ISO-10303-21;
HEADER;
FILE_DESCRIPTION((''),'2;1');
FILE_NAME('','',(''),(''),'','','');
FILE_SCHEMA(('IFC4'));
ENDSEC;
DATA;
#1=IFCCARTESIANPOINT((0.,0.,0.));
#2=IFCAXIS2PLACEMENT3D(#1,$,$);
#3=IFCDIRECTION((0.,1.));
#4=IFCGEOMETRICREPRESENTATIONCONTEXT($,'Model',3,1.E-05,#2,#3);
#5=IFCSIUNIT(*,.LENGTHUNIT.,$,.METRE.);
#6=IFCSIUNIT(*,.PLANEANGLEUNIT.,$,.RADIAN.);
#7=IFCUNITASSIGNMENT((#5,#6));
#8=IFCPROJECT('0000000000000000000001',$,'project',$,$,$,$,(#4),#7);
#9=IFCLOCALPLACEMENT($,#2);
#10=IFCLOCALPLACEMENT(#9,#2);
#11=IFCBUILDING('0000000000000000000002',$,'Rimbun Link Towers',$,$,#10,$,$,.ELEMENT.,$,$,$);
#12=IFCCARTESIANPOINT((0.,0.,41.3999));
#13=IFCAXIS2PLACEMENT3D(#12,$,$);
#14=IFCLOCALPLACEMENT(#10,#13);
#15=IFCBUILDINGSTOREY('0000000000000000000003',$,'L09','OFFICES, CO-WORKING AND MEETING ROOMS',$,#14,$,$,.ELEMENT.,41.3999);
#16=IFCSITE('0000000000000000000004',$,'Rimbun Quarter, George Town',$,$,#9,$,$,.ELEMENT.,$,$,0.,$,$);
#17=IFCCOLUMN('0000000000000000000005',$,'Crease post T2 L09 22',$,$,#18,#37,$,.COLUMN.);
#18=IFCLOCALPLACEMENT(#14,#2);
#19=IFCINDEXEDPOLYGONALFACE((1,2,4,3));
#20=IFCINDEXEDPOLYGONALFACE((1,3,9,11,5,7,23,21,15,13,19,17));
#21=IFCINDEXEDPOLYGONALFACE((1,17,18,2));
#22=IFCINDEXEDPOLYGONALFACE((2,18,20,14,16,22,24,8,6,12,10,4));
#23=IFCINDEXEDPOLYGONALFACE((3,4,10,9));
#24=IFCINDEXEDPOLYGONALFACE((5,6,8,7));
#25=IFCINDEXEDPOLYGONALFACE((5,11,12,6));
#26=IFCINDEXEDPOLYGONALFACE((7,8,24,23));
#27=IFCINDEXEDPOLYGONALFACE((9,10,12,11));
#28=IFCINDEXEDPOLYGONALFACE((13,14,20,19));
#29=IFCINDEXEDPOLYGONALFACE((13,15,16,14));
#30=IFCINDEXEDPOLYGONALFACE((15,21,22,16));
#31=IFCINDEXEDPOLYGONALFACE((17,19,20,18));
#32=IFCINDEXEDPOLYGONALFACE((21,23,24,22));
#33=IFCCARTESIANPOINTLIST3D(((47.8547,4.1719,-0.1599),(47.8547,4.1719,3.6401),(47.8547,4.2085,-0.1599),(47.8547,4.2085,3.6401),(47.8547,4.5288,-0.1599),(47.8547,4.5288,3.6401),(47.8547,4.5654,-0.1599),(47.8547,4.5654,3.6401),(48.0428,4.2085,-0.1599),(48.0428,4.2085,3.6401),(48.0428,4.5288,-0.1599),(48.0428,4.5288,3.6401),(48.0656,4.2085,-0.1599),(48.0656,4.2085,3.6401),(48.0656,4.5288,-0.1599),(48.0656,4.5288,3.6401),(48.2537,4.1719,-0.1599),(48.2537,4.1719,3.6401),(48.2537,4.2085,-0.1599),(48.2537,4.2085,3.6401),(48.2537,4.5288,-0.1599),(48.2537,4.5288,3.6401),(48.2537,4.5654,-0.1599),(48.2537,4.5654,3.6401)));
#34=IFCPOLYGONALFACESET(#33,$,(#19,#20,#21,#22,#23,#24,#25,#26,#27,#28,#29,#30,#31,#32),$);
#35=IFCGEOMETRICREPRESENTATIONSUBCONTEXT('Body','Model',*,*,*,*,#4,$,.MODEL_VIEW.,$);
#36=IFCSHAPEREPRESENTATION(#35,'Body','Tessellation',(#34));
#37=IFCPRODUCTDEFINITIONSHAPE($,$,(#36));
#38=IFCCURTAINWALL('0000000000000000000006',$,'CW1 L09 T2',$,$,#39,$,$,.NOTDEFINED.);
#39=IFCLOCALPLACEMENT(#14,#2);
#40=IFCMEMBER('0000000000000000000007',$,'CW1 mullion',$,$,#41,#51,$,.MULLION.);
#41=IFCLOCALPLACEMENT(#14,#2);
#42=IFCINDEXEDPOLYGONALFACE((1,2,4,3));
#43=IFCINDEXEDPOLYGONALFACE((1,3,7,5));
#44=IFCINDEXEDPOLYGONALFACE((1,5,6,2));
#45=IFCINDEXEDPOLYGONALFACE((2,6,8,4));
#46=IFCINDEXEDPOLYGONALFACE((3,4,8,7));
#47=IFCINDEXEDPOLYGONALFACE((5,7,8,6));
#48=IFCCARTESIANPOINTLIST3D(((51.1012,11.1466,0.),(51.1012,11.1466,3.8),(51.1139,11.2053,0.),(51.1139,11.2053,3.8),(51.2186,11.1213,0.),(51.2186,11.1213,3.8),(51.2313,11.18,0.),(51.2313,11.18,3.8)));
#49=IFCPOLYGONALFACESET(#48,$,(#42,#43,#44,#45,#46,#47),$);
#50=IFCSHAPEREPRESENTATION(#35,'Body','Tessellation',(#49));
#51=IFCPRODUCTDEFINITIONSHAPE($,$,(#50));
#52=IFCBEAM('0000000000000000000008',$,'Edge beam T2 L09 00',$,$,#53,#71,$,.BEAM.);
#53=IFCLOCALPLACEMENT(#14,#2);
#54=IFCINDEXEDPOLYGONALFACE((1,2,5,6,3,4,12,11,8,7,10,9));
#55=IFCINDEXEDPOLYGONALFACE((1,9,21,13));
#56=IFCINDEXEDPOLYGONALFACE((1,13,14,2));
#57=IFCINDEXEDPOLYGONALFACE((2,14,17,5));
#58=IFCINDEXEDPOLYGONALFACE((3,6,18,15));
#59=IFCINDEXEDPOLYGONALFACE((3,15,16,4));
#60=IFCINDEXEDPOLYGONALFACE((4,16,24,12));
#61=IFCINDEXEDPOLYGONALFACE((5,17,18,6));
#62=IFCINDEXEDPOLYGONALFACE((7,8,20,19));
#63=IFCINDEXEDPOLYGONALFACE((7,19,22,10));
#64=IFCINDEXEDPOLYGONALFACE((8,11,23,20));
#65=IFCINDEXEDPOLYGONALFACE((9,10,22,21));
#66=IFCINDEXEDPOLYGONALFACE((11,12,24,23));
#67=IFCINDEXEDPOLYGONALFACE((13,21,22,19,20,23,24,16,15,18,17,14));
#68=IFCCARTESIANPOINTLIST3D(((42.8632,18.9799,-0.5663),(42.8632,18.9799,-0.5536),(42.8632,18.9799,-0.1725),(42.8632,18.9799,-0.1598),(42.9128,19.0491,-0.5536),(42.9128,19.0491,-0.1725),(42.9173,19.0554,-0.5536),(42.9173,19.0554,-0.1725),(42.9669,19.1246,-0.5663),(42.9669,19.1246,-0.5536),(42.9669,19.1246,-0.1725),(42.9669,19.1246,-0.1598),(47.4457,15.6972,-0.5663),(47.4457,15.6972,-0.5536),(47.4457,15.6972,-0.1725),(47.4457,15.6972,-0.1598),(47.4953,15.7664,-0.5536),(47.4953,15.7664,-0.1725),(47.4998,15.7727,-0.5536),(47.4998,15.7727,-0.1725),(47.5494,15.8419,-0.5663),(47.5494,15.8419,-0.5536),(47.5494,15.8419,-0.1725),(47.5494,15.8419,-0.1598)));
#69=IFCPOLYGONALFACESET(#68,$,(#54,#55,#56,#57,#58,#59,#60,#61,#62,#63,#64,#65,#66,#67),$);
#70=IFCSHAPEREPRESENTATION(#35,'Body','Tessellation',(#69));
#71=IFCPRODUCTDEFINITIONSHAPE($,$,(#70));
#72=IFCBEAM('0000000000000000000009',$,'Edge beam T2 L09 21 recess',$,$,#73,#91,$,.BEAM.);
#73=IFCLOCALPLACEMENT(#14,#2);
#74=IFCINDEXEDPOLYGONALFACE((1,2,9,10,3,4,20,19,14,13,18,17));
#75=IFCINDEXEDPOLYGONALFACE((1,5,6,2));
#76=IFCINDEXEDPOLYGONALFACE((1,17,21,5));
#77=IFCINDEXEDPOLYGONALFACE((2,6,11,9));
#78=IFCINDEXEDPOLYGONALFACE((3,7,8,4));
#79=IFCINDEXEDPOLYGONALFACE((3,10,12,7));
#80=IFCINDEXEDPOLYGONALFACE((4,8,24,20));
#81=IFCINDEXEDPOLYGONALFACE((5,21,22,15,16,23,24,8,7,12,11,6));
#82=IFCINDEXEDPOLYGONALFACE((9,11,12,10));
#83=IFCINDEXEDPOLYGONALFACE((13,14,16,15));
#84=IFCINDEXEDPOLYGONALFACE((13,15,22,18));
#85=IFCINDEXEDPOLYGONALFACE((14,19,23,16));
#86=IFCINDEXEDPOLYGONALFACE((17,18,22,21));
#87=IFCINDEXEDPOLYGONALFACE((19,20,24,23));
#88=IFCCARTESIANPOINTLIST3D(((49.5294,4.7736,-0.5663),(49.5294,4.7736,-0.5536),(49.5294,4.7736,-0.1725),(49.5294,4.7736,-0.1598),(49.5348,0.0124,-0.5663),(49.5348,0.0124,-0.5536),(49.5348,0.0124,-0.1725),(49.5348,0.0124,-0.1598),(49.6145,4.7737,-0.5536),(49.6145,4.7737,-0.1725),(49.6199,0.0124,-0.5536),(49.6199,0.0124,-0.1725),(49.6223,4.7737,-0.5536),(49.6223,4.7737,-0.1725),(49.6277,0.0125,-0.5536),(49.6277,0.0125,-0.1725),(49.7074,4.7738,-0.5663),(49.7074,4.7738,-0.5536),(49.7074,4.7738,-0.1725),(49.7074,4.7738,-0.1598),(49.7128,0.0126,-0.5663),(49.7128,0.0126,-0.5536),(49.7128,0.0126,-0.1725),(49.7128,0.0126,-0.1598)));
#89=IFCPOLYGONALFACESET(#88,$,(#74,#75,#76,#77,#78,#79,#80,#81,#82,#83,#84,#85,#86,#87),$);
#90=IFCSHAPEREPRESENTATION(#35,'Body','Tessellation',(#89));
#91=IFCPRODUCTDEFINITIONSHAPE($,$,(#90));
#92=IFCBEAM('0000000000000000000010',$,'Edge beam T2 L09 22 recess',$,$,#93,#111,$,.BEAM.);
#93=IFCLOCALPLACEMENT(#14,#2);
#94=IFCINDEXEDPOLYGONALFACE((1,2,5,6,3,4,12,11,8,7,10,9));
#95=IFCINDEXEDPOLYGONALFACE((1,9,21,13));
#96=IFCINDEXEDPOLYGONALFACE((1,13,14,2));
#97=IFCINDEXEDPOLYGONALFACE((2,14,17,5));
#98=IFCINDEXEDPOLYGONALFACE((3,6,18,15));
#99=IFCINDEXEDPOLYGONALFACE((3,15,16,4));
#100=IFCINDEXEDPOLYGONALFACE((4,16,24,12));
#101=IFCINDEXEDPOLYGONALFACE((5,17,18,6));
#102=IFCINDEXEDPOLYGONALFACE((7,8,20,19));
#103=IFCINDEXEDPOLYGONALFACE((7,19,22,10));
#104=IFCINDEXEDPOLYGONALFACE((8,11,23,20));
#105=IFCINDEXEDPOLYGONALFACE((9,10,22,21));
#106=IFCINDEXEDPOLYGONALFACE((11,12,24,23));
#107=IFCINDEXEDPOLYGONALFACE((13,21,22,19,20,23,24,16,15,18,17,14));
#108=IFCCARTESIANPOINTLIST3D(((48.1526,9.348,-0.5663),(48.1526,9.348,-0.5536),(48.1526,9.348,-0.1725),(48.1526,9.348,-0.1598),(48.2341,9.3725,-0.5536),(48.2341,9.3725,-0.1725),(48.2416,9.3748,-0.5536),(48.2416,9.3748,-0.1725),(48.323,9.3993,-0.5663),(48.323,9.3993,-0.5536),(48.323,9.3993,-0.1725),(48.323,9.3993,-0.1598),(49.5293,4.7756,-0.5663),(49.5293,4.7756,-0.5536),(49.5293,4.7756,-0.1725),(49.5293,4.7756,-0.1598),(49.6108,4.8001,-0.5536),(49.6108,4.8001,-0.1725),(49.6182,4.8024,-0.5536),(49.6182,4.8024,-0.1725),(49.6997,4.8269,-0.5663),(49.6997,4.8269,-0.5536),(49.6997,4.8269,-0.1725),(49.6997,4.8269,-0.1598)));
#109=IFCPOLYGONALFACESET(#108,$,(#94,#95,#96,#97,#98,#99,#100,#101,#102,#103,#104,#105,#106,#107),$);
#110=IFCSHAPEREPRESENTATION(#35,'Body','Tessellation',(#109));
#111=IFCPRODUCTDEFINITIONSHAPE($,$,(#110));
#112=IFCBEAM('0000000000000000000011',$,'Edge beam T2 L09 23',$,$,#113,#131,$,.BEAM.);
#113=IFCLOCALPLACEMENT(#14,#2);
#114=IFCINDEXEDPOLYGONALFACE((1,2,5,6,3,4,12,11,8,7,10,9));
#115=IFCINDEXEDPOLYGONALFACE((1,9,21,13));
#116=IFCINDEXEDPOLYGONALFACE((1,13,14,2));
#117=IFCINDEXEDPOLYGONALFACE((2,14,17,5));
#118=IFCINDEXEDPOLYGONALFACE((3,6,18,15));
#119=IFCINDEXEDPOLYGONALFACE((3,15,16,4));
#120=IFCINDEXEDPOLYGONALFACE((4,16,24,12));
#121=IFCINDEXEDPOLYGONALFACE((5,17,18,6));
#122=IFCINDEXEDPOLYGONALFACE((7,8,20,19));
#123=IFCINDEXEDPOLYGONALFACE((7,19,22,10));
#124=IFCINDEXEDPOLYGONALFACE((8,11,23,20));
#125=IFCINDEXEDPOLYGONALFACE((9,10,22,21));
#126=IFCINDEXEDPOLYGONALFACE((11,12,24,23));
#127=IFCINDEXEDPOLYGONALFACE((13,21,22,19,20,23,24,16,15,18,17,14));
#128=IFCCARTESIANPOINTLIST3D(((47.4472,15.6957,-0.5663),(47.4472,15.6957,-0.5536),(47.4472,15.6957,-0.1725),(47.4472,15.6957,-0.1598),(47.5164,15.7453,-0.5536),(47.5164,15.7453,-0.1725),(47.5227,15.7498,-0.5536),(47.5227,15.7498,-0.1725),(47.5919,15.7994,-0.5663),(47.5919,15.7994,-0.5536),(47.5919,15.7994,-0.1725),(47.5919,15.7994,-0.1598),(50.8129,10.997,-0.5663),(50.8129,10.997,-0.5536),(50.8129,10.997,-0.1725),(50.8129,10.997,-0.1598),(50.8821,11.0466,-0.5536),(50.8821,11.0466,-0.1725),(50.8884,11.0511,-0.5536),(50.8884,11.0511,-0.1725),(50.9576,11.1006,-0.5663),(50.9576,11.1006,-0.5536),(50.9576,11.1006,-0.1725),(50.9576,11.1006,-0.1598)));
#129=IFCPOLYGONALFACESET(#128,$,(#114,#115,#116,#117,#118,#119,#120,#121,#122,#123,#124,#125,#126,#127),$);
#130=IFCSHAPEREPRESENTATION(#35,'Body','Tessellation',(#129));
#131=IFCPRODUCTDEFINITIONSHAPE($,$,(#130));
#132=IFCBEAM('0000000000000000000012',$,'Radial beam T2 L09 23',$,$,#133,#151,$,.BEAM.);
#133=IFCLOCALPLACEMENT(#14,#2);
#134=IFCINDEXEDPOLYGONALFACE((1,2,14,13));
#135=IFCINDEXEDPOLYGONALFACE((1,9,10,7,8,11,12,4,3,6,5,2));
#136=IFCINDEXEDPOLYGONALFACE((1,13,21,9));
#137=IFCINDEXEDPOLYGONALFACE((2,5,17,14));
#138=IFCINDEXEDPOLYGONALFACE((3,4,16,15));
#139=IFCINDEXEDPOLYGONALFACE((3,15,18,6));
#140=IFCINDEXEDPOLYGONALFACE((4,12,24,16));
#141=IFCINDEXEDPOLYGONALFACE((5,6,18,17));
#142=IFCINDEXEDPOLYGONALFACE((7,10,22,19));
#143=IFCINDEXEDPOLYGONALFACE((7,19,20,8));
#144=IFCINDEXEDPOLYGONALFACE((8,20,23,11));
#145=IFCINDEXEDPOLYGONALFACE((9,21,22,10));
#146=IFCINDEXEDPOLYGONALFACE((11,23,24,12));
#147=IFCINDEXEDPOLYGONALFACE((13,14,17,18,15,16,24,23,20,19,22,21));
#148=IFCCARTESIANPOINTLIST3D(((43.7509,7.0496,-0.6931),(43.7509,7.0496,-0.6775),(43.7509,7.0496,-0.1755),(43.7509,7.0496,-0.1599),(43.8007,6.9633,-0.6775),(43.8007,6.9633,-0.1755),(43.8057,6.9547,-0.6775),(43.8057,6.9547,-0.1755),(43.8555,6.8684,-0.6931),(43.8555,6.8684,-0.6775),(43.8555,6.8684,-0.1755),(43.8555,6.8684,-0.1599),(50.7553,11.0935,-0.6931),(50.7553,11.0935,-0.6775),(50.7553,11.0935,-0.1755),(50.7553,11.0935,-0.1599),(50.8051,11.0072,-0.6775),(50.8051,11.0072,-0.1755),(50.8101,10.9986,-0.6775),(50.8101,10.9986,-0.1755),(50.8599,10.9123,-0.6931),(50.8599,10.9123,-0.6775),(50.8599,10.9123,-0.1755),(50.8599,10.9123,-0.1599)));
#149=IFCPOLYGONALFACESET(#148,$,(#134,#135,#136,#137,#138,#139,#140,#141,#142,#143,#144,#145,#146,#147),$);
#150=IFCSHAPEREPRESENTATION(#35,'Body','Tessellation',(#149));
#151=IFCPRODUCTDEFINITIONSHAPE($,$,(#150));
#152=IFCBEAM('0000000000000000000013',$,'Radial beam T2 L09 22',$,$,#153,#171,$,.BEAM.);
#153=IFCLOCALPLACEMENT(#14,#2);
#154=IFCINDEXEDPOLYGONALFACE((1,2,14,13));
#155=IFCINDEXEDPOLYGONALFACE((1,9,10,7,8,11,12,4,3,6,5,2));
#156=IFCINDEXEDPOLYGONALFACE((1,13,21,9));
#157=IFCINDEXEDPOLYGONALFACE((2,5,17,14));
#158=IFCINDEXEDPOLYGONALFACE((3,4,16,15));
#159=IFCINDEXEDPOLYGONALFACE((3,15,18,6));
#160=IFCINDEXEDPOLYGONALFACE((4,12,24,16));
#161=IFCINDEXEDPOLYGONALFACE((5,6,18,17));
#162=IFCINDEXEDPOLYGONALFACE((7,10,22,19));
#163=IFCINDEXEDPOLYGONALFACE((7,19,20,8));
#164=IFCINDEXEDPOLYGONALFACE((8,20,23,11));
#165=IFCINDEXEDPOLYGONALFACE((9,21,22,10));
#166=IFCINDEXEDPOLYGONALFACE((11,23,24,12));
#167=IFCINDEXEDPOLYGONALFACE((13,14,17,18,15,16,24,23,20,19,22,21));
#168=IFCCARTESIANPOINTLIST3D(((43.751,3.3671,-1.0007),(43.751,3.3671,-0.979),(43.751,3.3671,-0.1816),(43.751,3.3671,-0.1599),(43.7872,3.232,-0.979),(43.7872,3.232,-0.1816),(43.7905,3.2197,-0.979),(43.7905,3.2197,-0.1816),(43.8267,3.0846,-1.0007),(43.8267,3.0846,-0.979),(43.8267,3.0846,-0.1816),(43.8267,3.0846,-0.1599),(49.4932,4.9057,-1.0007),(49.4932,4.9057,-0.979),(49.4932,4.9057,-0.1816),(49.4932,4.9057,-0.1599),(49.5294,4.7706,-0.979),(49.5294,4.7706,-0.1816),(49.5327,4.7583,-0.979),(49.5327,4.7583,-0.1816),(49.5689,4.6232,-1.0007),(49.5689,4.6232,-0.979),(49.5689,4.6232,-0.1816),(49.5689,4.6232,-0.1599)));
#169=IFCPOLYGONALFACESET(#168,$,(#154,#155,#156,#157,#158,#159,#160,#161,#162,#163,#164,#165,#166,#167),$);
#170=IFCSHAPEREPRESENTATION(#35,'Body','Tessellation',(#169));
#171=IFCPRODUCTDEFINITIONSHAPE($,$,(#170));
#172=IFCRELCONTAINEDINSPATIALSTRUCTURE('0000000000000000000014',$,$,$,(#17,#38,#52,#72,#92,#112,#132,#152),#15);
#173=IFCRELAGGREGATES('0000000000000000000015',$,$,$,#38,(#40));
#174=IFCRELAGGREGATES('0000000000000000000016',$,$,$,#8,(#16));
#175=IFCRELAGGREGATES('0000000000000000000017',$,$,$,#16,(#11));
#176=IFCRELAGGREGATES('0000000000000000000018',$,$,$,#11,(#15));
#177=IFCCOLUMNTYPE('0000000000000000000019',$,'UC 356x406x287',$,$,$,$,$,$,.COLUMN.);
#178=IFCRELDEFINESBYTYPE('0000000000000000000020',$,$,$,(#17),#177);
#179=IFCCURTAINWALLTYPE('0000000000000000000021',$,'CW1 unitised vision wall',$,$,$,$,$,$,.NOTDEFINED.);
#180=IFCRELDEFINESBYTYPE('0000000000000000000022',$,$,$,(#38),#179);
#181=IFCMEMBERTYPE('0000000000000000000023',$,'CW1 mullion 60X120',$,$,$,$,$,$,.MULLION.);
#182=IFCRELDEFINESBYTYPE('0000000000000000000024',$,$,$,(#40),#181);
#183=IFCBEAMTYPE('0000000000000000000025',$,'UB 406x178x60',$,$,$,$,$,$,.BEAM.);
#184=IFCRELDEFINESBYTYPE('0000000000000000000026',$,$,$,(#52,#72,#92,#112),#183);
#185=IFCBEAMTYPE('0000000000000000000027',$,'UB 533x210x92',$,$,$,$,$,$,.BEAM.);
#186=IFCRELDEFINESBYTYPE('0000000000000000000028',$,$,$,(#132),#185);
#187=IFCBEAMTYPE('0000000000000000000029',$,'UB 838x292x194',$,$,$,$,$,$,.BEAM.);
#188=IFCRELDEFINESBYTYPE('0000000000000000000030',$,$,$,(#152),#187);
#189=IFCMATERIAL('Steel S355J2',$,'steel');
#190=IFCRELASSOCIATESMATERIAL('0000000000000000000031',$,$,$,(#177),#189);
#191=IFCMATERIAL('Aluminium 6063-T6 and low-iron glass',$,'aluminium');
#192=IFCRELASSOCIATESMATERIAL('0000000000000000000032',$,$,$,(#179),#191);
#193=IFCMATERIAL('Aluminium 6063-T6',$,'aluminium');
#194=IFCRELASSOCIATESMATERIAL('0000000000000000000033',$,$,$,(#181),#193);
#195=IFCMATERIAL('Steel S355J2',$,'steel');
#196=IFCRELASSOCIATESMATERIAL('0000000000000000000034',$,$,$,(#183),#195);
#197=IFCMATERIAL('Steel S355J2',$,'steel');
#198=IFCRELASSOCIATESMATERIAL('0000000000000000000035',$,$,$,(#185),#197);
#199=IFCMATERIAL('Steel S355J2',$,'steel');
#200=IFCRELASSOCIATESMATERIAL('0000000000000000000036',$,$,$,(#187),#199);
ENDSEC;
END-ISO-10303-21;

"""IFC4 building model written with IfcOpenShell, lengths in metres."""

from ifc_helpers import new_model, si_unit, direction, frame, origin, origin_2d, place, context, subcontext, project, spatial, rectangle, i_section, extrude, material, material_profile, profile_set, type_object, element, aggregate, save


model = new_model("IFC4")

# Units and contexts
model_context = context("Model", 3, precision=1e-05, world=origin(), true_north=direction((0.0, 1.0)))
body_context = subcontext(model_context, "Body", "Model", "MODEL_VIEW")
ifc_project = project(units=[si_unit("LENGTHUNIT", "METRE"), si_unit("PLANEANGLEUNIT", "RADIAN")], contexts=[model_context])

# Site, building, storey
site_placement = place(None, origin())
site = spatial("IfcSite", under=ifc_project, at=site_placement, Name="Rimbun Quarter, George Town", CompositionType="ELEMENT", RefElevation=0.0)
building_placement = place(site_placement, origin())
building = spatial("IfcBuilding", under=site, at=building_placement, Name="Rimbun Link Towers", CompositionType="ELEMENT")
storey_placement = place(building_placement, frame((0.0, 0.0, 41.3999)))
storey = spatial("IfcBuildingStorey", under=building, at=storey_placement, Name="L09", Description="OFFICES, CO-WORKING AND MEETING ROOMS", CompositionType="ELEMENT", Elevation=41.3999)

# Column
ifc_material_1 = material(Name="Steel S355J2", Category="steel")
ifc_material_profile_1 = material_profile(ifc_material_1, i_section(OverallWidth=0.3989, OverallDepth=0.3936, WebThickness=0.0227, FlangeThickness=0.0366, at=origin_2d()), Name="UC 356x406x287")
ifc_profile_set_1 = profile_set([ifc_material_profile_1], Name="Steel S355J2")
column_type = type_object("IfcColumnType", Name="UC 356x406x287", PredefinedType="COLUMN", material=ifc_profile_set_1)
column_placement = place(storey_placement, frame((48.0542, 4.3687, -0.1599), z_axis=(0.0, 0.0, 1.0), x_axis=(1.0, 0.0, 0.0)))
element("IfcColumn", 1, at=column_placement, inside=storey, type_object=column_type, Name="Crease post T2 L09 22", PredefinedType="COLUMN", context=body_context, shape_type="SweptSolid", body=[
    extrude(i_section(OverallWidth=0.3989, OverallDepth=0.3936, WebThickness=0.0227, FlangeThickness=0.0366, at=origin_2d()), origin(), (0.0, 0.0, 1.0), 3.8),
])

# Curtain wall, member
ifc_material_2 = material(Name="Aluminium 6063-T6 and low-iron glass", Category="aluminium")
curtain_wall_type = type_object("IfcCurtainWallType", Name="CW1 unitised vision wall", PredefinedType="NOTDEFINED", material=ifc_material_2)
curtain_wall_placement = place(storey_placement, origin())
curtain_wall = element("IfcCurtainWall", 2, at=curtain_wall_placement, inside=storey, type_object=curtain_wall_type, Name="CW1 L09 T2", PredefinedType="NOTDEFINED")
ifc_material_3 = material(Name="Aluminium 6063-T6", Category="aluminium")
ifc_material_profile_2 = material_profile(ifc_material_3, rectangle(XDim=0.1201, YDim=0.0601, at=origin_2d()), Name="MULLION 60X120")
ifc_profile_set_2 = profile_set([ifc_material_profile_2], Name="Aluminium 6063-T6")
member_type = type_object("IfcMemberType", Name="CW1 mullion 60X120", PredefinedType="MULLION", material=ifc_profile_set_2)
member_placement = place(storey_placement, frame((51.1663, 11.1633, 0.0), z_axis=(0.0, 0.0, 1.0), x_axis=(0.977529, -0.210802, 0.0)))
member = element("IfcMember", 3, at=member_placement, type_object=member_type, Name="CW1 mullion", PredefinedType="MULLION", context=body_context, shape_type="SweptSolid", body=[
    extrude(rectangle(XDim=0.1201, YDim=0.0601, at=origin_2d()), origin(), (0.0, 0.0, 1.0), 3.8),
])

# Beams
ifc_material_4 = material(Name="Steel S355J2", Category="steel")
ifc_material_profile_3 = material_profile(ifc_material_4, i_section(OverallWidth=0.178, OverallDepth=0.4065, WebThickness=0.0078, FlangeThickness=0.0127, at=origin_2d()), Name="UB 406x178x60")
ifc_profile_set_3 = profile_set([ifc_material_profile_3], Name="Steel S355J2")
beam_type_1 = type_object("IfcBeamType", Name="UB 406x178x60", PredefinedType="BEAM", material=ifc_profile_set_3)
beam_1_placement = place(storey_placement, frame((47.4976, 15.7695, -0.363), z_axis=(-0.812937, 0.582352, 0.0), x_axis=(-0.582352, -0.812937, 0.0)))
element("IfcBeam", 4, at=beam_1_placement, inside=storey, type_object=beam_type_1, Name="Edge beam T2 L09 00", PredefinedType="BEAM", context=body_context, shape_type="SweptSolid", body=[
    extrude(i_section(OverallWidth=0.178, OverallDepth=0.4065, WebThickness=0.0078, FlangeThickness=0.0127, at=origin_2d()), origin(), (0.0, 0.0, 1.0), 5.637),
])
beam_2_placement = place(storey_placement, frame((49.6238, 0.0125, -0.363), z_axis=(-0.001128, 0.999999, 0.0), x_axis=(-0.999999, -0.001128, 0.0)))
element("IfcBeam", 5, at=beam_2_placement, inside=storey, type_object=beam_type_1, Name="Edge beam T2 L09 21 recess", PredefinedType="BEAM", context=body_context, shape_type="SweptSolid", body=[
    extrude(i_section(OverallWidth=0.178, OverallDepth=0.4065, WebThickness=0.0078, FlangeThickness=0.0127, at=origin_2d()), origin(), (0.0, 0.0, 1.0), 4.7612),
])
beam_3_placement = place(storey_placement, frame((49.6145, 4.8013, -0.363), z_axis=(-0.2883, 0.95754, 0.0), x_axis=(-0.95754, -0.2883, 0.0)))
element("IfcBeam", 6, at=beam_3_placement, inside=storey, type_object=beam_type_1, Name="Edge beam T2 L09 22 recess", PredefinedType="BEAM", context=body_context, shape_type="SweptSolid", body=[
    extrude(i_section(OverallWidth=0.178, OverallDepth=0.4065, WebThickness=0.0078, FlangeThickness=0.0127, at=origin_2d()), origin(), (0.0, 0.0, 1.0), 4.7751),
])
beam_4_placement = place(storey_placement, frame((50.8853, 11.0488, -0.363), z_axis=(-0.582325, 0.812956, 0.0), x_axis=(-0.812956, -0.582325, 0.0)))
element("IfcBeam", 7, at=beam_4_placement, inside=storey, type_object=beam_type_1, Name="Edge beam T2 L09 23", PredefinedType="BEAM", context=body_context, shape_type="SweptSolid", body=[
    extrude(i_section(OverallWidth=0.178, OverallDepth=0.4065, WebThickness=0.0078, FlangeThickness=0.0127, at=origin_2d()), origin(), (0.0, 0.0, 1.0), 5.7798),
])
ifc_material_5 = material(Name="Steel S355J2", Category="steel")
ifc_material_profile_4 = material_profile(ifc_material_5, i_section(OverallWidth=0.2092, OverallDepth=0.5332, WebThickness=0.01, FlangeThickness=0.0156, at=origin_2d()), Name="UB 533x210x92")
ifc_profile_set_4 = profile_set([ifc_material_profile_4], Name="Steel S355J2")
beam_type_2 = type_object("IfcBeamType", Name="UB 533x210x92", PredefinedType="BEAM", material=ifc_profile_set_4)
beam_5_placement = place(storey_placement, frame((43.8032, 6.959, -0.4265), z_axis=(0.866028, 0.499996, 0.0), x_axis=(-0.499996, 0.866028, 0.0)))
element("IfcBeam", 8, at=beam_5_placement, inside=storey, type_object=beam_type_2, Name="Radial beam T2 L09 23", PredefinedType="BEAM", context=body_context, shape_type="SweptSolid", body=[
    extrude(i_section(OverallWidth=0.2092, OverallDepth=0.5332, WebThickness=0.01, FlangeThickness=0.0156, at=origin_2d()), origin(), (0.0, 0.0, 1.0), 8.0879),
])
ifc_material_6 = material(Name="Steel S355J2", Category="steel")
ifc_material_profile_5 = material_profile(ifc_material_6, i_section(OverallWidth=0.2925, OverallDepth=0.8408, WebThickness=0.0127, FlangeThickness=0.0217, at=origin_2d()), Name="UB 838x292x194")
ifc_profile_set_5 = profile_set([ifc_material_profile_5], Name="Steel S355J2")
beam_type_3 = type_object("IfcBeamType", Name="UB 838x292x194", PredefinedType="BEAM", material=ifc_profile_set_5)
beam_6_placement = place(storey_placement, frame((43.7888, 3.2258, -0.5803), z_axis=(0.965928, 0.258813, 0.0), x_axis=(-0.258813, 0.965928, 0.0)))
element("IfcBeam", 9, at=beam_6_placement, inside=storey, type_object=beam_type_3, Name="Radial beam T2 L09 22", PredefinedType="BEAM", context=body_context, shape_type="SweptSolid", body=[
    extrude(i_section(OverallWidth=0.2925, OverallDepth=0.8408, WebThickness=0.0127, FlangeThickness=0.0217, at=origin_2d()), origin(), (0.0, 0.0, 1.0), 5.9448),
])

aggregate(curtain_wall, [member])

save(model, "model.ifc")
